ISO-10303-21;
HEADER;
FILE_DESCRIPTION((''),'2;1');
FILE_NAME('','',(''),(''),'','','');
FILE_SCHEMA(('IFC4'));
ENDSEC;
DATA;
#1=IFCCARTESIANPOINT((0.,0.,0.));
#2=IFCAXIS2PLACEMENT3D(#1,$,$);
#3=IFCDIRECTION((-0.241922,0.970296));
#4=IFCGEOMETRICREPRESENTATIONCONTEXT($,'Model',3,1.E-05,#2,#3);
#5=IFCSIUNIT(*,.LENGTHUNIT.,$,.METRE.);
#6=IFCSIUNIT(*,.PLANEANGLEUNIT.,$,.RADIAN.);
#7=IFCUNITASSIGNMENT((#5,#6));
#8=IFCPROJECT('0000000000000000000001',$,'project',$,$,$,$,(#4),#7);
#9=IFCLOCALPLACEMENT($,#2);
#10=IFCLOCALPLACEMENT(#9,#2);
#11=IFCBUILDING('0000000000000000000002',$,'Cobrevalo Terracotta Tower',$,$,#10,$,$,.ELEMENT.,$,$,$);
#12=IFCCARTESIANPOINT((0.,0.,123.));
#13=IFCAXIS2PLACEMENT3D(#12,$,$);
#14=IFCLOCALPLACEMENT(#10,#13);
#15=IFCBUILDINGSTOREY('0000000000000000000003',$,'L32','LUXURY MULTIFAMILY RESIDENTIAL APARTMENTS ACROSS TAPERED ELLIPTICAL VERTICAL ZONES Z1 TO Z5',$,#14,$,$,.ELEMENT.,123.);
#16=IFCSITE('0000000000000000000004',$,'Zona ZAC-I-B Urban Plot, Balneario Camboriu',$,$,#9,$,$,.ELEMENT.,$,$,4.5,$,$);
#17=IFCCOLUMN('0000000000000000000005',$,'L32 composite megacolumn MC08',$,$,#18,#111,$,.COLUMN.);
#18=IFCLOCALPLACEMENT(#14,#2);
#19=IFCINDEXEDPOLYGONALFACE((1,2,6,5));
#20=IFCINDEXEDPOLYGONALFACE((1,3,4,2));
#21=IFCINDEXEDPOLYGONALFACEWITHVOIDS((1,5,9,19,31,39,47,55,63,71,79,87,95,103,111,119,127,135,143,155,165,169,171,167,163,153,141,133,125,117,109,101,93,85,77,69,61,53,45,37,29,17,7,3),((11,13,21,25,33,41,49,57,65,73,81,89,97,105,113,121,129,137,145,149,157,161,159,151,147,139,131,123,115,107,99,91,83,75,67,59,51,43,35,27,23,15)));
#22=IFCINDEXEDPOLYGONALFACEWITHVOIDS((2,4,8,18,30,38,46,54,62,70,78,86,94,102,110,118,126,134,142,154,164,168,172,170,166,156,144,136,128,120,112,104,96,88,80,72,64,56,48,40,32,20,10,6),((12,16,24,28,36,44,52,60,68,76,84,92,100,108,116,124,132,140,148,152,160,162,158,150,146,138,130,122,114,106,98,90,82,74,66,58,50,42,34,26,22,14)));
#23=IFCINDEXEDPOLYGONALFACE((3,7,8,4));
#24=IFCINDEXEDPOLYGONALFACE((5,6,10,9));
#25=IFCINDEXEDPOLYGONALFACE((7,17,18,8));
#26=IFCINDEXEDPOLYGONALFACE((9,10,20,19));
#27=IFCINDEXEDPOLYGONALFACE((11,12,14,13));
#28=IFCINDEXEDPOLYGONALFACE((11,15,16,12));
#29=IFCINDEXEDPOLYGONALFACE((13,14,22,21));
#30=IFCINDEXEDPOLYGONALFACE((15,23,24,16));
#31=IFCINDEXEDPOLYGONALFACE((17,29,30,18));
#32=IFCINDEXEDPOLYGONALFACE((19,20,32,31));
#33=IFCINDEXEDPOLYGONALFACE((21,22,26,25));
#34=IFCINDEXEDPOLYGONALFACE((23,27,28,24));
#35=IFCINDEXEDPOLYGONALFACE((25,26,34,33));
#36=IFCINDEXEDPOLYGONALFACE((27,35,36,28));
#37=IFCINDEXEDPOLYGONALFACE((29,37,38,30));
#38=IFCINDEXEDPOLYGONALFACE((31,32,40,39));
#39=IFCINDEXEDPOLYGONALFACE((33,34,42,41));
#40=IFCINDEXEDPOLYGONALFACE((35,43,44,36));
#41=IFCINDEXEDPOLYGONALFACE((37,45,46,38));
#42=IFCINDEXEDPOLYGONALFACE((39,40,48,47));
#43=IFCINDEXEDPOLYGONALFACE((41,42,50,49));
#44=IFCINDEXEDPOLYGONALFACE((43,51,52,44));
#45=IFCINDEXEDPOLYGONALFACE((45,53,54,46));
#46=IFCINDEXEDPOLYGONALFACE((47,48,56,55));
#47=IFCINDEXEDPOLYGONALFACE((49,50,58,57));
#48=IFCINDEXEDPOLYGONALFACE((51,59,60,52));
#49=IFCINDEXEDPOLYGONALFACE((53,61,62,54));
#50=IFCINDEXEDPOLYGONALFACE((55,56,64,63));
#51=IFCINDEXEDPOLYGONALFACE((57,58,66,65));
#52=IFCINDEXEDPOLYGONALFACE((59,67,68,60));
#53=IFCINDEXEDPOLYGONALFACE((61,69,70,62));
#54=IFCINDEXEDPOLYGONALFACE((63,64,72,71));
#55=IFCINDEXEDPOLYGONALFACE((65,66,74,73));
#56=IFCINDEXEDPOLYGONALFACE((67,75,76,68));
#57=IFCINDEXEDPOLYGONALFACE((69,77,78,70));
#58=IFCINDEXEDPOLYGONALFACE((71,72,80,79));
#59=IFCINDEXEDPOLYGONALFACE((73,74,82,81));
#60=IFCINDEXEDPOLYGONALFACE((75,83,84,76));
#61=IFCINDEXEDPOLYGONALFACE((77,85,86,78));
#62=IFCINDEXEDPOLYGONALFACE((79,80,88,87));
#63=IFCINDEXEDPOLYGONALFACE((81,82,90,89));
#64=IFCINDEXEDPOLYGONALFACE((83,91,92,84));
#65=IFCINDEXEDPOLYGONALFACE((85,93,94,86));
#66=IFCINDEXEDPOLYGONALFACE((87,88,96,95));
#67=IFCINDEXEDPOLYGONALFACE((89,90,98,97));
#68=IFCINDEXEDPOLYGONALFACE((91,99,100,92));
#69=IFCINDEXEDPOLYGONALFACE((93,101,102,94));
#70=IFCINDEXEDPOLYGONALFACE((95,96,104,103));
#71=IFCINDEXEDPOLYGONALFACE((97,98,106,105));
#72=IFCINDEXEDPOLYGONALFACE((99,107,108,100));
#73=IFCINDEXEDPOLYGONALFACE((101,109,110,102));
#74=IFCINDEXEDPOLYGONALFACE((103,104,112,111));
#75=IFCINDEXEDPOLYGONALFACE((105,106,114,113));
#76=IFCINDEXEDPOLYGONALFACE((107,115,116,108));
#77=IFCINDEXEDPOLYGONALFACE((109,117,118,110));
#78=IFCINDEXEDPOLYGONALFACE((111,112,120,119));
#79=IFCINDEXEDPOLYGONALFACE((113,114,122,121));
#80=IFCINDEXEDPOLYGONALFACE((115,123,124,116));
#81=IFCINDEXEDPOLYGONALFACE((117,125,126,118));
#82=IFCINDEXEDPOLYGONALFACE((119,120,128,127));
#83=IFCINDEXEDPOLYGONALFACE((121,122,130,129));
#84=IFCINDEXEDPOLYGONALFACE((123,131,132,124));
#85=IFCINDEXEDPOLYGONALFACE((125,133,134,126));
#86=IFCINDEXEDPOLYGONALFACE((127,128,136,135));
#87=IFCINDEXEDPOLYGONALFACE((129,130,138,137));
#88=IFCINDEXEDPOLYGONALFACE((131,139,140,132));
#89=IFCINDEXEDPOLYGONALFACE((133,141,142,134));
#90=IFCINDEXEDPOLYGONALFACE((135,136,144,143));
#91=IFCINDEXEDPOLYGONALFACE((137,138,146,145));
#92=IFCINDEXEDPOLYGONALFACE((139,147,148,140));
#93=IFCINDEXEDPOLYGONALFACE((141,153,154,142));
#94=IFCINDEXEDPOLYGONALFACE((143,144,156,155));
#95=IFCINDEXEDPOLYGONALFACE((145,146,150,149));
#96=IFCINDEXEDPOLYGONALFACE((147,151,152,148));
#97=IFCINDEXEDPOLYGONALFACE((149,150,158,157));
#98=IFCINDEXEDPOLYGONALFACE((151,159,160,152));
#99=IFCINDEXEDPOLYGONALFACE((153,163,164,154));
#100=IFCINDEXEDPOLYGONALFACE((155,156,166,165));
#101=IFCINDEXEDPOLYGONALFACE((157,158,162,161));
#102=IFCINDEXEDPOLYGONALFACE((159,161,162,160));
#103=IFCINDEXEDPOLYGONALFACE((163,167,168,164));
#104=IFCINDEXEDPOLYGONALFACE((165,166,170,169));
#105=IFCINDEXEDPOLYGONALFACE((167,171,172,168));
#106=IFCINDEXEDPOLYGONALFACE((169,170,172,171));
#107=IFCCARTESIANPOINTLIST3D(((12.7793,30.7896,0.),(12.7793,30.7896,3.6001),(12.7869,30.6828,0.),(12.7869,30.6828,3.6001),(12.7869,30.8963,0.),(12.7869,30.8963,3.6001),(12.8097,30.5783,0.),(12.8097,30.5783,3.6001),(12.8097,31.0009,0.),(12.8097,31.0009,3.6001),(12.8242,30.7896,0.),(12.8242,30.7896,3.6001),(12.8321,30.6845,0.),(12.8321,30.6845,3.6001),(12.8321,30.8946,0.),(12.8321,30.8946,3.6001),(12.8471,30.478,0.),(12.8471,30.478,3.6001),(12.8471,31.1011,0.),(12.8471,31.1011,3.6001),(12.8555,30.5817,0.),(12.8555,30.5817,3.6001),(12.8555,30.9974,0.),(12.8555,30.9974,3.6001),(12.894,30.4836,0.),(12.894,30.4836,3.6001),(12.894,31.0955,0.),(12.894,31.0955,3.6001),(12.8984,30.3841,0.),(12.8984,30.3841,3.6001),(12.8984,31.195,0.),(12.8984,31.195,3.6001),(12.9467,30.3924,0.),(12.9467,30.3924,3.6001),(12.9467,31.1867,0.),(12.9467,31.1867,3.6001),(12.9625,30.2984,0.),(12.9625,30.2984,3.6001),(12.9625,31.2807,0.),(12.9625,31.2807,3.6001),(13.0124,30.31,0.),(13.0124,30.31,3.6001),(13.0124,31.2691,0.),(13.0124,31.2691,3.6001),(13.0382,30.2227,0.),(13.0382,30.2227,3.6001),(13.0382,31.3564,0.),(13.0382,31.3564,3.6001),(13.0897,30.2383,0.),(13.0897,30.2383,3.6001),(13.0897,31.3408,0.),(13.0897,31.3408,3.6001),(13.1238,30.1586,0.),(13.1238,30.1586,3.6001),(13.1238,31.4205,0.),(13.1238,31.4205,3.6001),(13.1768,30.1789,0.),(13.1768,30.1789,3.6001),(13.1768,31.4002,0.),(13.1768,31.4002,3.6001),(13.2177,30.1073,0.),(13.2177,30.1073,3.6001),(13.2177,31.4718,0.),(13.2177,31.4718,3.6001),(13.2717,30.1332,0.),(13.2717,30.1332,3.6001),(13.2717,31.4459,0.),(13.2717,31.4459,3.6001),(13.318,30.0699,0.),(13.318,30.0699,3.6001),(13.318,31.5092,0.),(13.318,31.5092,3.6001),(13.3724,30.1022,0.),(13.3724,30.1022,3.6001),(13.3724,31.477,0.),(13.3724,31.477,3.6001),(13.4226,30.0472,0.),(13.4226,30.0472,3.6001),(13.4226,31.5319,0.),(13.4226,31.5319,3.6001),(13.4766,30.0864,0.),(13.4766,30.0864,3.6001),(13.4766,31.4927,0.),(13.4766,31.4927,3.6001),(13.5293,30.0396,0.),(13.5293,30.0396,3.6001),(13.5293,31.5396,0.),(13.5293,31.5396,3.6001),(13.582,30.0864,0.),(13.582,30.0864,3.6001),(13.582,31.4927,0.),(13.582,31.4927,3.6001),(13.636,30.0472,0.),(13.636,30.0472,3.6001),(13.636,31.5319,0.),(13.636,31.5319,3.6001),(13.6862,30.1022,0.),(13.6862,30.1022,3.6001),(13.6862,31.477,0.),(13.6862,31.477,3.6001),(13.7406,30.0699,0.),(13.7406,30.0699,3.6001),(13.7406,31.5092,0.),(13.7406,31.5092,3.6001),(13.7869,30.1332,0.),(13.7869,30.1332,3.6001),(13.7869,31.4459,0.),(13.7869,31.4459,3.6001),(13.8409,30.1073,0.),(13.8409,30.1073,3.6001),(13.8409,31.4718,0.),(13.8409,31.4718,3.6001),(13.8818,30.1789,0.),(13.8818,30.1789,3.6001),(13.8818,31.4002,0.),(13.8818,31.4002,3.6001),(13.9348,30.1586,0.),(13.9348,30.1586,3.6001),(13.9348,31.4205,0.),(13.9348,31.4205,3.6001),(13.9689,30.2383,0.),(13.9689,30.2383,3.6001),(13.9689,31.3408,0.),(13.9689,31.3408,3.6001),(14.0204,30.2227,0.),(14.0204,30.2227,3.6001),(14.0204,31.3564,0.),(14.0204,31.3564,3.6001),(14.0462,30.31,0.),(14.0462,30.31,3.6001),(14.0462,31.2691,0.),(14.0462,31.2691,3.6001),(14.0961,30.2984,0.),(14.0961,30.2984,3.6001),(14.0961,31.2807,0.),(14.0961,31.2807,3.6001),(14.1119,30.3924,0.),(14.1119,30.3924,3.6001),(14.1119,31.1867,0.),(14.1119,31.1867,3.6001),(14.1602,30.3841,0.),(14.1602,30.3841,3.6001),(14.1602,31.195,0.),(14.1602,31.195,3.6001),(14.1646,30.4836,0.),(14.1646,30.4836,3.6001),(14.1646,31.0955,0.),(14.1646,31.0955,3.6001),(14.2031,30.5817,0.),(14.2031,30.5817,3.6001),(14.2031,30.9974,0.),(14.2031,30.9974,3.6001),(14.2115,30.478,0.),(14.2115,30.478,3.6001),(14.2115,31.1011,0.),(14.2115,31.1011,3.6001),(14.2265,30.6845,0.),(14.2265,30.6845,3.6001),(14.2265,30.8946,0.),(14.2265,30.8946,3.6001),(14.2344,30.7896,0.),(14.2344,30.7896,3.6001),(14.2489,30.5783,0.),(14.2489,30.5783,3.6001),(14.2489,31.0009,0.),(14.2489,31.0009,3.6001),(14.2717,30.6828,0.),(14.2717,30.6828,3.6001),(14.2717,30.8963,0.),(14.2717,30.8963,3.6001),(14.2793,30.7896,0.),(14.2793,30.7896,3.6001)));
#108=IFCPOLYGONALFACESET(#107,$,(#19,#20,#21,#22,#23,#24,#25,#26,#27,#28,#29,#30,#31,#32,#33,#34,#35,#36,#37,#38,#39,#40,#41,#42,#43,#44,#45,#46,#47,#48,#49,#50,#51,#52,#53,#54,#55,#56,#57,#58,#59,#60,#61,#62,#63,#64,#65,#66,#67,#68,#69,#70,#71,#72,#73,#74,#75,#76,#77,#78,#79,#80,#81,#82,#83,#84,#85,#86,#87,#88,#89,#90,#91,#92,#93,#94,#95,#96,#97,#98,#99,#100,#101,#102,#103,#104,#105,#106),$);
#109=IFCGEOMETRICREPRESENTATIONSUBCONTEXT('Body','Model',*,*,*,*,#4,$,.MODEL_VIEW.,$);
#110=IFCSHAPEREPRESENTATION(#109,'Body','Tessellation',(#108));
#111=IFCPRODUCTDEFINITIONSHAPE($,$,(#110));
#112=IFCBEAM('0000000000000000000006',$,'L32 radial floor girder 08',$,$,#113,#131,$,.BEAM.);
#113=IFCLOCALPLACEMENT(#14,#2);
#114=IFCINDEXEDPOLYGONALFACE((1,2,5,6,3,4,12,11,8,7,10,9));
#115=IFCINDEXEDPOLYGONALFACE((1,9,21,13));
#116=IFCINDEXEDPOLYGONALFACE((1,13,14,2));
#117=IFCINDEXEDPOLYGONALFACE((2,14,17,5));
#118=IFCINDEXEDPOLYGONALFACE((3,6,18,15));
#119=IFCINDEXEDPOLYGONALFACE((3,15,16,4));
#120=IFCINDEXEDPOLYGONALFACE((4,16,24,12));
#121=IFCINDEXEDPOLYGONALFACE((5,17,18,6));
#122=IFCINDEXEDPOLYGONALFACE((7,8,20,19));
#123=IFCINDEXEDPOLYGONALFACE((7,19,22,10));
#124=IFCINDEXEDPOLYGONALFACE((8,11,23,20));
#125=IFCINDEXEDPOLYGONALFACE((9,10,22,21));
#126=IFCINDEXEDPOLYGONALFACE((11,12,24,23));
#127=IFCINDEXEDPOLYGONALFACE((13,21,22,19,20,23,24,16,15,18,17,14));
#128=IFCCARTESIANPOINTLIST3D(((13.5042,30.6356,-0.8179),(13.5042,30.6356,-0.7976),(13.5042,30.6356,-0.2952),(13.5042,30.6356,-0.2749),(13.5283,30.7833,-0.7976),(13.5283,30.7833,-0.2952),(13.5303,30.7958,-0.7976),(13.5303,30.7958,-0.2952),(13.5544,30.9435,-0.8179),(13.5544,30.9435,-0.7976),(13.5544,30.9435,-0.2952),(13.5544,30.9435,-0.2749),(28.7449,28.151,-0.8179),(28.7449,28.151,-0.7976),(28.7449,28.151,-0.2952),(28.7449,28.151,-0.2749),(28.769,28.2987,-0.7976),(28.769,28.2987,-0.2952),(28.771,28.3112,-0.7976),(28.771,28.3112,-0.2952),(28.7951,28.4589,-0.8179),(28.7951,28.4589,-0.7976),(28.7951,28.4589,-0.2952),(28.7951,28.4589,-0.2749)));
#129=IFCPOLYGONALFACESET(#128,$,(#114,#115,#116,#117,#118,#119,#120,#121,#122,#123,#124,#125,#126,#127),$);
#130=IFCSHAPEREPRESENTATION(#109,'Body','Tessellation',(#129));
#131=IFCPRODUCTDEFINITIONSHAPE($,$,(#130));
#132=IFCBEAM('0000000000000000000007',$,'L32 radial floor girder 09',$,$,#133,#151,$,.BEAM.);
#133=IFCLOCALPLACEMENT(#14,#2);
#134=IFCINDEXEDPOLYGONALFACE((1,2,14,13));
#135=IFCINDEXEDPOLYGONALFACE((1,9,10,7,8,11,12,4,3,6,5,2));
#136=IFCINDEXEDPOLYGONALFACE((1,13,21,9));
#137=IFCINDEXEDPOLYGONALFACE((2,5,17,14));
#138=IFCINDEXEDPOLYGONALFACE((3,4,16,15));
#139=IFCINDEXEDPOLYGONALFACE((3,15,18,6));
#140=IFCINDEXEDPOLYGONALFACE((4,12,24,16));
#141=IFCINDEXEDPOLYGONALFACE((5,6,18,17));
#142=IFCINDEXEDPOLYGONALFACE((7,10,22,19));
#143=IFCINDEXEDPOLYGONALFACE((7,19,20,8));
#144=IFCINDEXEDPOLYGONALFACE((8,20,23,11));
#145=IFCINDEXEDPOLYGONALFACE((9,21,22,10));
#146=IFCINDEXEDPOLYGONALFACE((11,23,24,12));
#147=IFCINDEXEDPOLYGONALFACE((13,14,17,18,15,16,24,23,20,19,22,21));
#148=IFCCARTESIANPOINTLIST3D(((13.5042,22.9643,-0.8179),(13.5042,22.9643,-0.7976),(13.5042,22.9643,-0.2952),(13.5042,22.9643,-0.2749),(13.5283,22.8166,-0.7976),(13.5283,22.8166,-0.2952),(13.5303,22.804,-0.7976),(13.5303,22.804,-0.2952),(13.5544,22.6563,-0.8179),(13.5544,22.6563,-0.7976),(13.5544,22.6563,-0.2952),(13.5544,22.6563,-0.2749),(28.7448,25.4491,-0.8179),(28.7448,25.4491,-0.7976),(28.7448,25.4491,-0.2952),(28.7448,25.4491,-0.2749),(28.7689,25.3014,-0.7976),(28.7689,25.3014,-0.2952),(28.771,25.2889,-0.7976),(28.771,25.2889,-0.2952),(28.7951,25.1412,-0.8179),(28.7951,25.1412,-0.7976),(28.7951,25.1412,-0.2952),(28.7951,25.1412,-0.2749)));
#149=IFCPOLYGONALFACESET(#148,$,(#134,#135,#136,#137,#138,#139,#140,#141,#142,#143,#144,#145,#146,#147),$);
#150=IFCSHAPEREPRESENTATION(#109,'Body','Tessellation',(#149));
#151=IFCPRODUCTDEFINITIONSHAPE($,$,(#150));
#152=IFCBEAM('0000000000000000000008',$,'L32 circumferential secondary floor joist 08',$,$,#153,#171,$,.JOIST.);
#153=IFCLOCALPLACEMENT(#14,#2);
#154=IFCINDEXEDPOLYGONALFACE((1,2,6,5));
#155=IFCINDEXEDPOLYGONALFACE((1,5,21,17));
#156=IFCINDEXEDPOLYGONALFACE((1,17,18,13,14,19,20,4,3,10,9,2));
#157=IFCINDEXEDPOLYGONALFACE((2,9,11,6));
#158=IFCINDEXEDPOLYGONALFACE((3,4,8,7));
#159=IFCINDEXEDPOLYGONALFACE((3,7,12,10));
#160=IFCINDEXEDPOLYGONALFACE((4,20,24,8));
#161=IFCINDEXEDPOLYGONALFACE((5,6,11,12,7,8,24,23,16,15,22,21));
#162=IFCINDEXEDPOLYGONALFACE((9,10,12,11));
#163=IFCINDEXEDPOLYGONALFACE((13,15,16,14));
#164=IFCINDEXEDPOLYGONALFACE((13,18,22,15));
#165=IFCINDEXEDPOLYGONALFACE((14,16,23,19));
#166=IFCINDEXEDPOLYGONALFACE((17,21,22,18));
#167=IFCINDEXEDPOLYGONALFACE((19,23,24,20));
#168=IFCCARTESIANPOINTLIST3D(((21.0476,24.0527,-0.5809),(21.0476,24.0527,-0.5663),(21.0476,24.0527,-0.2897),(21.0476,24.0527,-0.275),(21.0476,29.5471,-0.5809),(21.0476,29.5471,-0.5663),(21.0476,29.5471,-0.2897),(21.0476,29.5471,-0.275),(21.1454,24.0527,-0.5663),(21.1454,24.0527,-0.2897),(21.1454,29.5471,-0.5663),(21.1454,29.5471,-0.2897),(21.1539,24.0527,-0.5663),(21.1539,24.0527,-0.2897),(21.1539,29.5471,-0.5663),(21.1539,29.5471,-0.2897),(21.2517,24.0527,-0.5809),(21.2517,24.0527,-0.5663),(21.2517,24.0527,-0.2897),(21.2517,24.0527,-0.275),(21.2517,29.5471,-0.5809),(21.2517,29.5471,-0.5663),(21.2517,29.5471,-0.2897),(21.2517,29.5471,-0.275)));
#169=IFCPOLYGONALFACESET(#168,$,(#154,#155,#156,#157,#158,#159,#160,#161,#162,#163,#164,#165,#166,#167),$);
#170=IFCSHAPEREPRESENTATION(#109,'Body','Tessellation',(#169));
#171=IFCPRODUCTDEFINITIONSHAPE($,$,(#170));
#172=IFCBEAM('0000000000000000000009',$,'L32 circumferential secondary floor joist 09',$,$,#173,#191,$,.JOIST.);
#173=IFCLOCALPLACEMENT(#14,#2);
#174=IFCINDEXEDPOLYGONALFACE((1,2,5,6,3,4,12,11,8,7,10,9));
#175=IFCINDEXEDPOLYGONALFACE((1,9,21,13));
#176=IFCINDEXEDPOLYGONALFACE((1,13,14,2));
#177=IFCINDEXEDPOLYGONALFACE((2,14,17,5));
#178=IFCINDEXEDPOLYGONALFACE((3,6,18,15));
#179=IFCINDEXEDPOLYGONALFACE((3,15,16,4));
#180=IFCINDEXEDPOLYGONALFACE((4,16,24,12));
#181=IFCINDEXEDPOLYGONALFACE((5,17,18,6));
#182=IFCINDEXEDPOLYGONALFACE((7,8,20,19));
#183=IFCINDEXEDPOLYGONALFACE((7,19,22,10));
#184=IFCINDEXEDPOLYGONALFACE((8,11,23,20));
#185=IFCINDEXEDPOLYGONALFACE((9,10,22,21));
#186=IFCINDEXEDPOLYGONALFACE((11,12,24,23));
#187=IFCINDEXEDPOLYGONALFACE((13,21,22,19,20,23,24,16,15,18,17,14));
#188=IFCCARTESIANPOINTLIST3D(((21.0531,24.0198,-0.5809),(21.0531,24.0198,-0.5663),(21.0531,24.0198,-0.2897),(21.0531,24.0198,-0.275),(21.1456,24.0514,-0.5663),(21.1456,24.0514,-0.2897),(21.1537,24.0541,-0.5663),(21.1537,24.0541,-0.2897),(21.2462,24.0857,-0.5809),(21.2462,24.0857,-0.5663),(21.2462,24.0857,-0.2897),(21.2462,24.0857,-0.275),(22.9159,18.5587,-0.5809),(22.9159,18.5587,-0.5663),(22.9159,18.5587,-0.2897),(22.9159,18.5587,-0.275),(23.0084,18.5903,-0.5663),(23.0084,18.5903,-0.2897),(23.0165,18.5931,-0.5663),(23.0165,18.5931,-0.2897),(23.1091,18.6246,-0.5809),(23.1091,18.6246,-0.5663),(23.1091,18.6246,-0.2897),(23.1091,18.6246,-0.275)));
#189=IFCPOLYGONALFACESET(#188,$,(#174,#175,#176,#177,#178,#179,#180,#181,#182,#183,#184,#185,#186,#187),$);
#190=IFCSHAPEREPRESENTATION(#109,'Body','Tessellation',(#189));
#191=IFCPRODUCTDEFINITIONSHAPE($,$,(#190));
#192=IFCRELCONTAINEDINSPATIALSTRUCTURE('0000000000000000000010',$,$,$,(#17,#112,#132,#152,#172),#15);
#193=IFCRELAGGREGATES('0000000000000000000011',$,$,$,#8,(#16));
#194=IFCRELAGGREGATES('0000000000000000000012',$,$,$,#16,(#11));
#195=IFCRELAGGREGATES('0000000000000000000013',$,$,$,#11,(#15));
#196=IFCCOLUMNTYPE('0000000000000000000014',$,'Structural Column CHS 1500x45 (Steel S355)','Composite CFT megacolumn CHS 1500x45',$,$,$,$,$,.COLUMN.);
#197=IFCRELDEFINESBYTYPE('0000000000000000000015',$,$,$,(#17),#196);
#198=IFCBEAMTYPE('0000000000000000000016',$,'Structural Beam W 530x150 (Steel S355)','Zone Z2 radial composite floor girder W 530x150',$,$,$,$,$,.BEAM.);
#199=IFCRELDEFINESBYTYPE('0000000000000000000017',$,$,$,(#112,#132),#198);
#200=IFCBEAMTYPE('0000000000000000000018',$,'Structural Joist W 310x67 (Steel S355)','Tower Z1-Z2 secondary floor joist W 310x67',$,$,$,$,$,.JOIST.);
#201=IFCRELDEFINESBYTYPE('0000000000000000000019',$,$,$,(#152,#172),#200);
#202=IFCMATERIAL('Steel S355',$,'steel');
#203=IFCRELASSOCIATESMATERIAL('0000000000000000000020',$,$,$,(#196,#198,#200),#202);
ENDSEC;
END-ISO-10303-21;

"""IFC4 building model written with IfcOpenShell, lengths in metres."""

from ifc_helpers import new_model, si_unit, direction, frame, origin, origin_2d, place, context, subcontext, project, spatial, hollow_circle, i_section, extrude, material, material_profile, profile_set, type_object, element, save


model = new_model("IFC4")

# Units and contexts
model_context = context("Model", 3, precision=1e-05, world=origin(), true_north=direction((-0.241922, 0.970296)))
body_context = subcontext(model_context, "Body", "Model", "MODEL_VIEW")
ifc_project = project(units=[si_unit("LENGTHUNIT", "METRE"), si_unit("PLANEANGLEUNIT", "RADIAN")], contexts=[model_context])

# Site, building, storey
site_placement = place(None, origin())
site = spatial("IfcSite", under=ifc_project, at=site_placement, Name="Zona ZAC-I-B Urban Plot, Balneario Camboriu", CompositionType="ELEMENT", RefElevation=4.5)
building_placement = place(site_placement, origin())
building = spatial("IfcBuilding", under=site, at=building_placement, Name="Cobrevalo Terracotta Tower", CompositionType="ELEMENT")
storey_placement = place(building_placement, frame((0.0, 0.0, 123.0)))
storey = spatial("IfcBuildingStorey", under=building, at=storey_placement, Name="L32", Description="LUXURY MULTIFAMILY RESIDENTIAL APARTMENTS ACROSS TAPERED ELLIPTICAL VERTICAL ZONES Z1 TO Z5", CompositionType="ELEMENT", Elevation=123.0)

# Column
ifc_material_1 = material(Name="Steel S355", Category="steel")
ifc_material_profile_1 = material_profile(ifc_material_1, hollow_circle(Radius=0.75, WallThickness=0.0449, at=origin_2d()), Name="CHS 1500x45")
ifc_profile_set_1 = profile_set([ifc_material_profile_1], Name="Steel S355")
column_type = type_object("IfcColumnType", Name="Structural Column CHS 1500x45 (Steel S355)", Description="Composite CFT megacolumn CHS 1500x45", PredefinedType="COLUMN", material=ifc_profile_set_1)
column_placement = place(storey_placement, frame((13.5293, 30.7896, 0.0), z_axis=(0.0, 0.0, 1.0), x_axis=(1.0, 0.0, 0.0)))
element("IfcColumn", 1, at=column_placement, inside=storey, type_object=column_type, Name="L32 composite megacolumn MC08", PredefinedType="COLUMN", context=body_context, shape_type="SweptSolid", body=[
    extrude(hollow_circle(Radius=0.75, WallThickness=0.0449, at=origin_2d()), origin(), (0.0, 0.0, 1.0), 3.6001),
])

# Beams
ifc_material_profile_2 = material_profile(ifc_material_1, i_section(OverallWidth=0.312, OverallDepth=0.543, WebThickness=0.0127, FlangeThickness=0.0203, at=origin_2d()), Name="W 530x150")
ifc_profile_set_2 = profile_set([ifc_material_profile_2], Name="Steel S355")
beam_type_1 = type_object("IfcBeamType", Name="Structural Beam W 530x150 (Steel S355)", Description="Zone Z2 radial composite floor girder W 530x150", PredefinedType="BEAM", material=ifc_profile_set_2)
for number, where, z_axis, x_axis, name in (
    (2, (13.5293, 30.7896, -0.5464), (0.986971, -0.160901, 0.0), (0.160901, 0.986971, 0.0), "L32 radial floor girder 08"),
    (3, (13.5293, 22.8103, -0.5464), (0.986968, 0.160916, 0.0), (-0.160916, 0.986968, 0.0), "L32 radial floor girder 09"),
):
    element("IfcBeam", number, at=place(storey_placement, frame(where, z_axis=z_axis, x_axis=x_axis)), inside=storey, type_object=beam_type_1, Name=name, PredefinedType="BEAM", context=body_context, shape_type="SweptSolid", body=[
        extrude(i_section(OverallWidth=0.312, OverallDepth=0.543, WebThickness=0.0127, FlangeThickness=0.0203, at=origin_2d()), origin(), (0.0, 0.0, 1.0), 15.4419),
    ])
ifc_material_profile_3 = material_profile(ifc_material_1, i_section(OverallWidth=0.2041, OverallDepth=0.3059, WebThickness=0.0085, FlangeThickness=0.0146, at=origin_2d()), Name="W 310x67")
ifc_profile_set_3 = profile_set([ifc_material_profile_3], Name="Steel S355")
beam_type_2 = type_object("IfcBeamType", Name="Structural Joist W 310x67 (Steel S355)", Description="Tower Z1-Z2 secondary floor joist W 310x67", PredefinedType="JOIST", material=ifc_profile_set_3)
beam_1_placement = place(storey_placement, frame((21.1497, 29.5471, -0.428), z_axis=(0.0, -1.0, 0.0), x_axis=(1.0, 0.0, 0.0)))
element("IfcBeam", 4, at=beam_1_placement, inside=storey, type_object=beam_type_2, Name="L32 circumferential secondary floor joist 08", PredefinedType="JOIST", context=body_context, shape_type="SweptSolid", body=[
    extrude(i_section(OverallWidth=0.2041, OverallDepth=0.3059, WebThickness=0.0085, FlangeThickness=0.0146, at=origin_2d()), origin(), (0.0, 0.0, 1.0), 5.4944),
])
beam_2_placement = place(storey_placement, frame((21.1497, 24.0527, -0.428), z_axis=(0.322846, -0.946451, 0.0), x_axis=(0.946451, 0.322846, 0.0)))
element("IfcBeam", 5, at=beam_2_placement, inside=storey, type_object=beam_type_2, Name="L32 circumferential secondary floor joist 09", PredefinedType="JOIST", context=body_context, shape_type="SweptSolid", body=[
    extrude(i_section(OverallWidth=0.2041, OverallDepth=0.3059, WebThickness=0.0085, FlangeThickness=0.0146, at=origin_2d()), origin(), (0.0, 0.0, 1.0), 5.77),
])

save(model, "model.ifc")
